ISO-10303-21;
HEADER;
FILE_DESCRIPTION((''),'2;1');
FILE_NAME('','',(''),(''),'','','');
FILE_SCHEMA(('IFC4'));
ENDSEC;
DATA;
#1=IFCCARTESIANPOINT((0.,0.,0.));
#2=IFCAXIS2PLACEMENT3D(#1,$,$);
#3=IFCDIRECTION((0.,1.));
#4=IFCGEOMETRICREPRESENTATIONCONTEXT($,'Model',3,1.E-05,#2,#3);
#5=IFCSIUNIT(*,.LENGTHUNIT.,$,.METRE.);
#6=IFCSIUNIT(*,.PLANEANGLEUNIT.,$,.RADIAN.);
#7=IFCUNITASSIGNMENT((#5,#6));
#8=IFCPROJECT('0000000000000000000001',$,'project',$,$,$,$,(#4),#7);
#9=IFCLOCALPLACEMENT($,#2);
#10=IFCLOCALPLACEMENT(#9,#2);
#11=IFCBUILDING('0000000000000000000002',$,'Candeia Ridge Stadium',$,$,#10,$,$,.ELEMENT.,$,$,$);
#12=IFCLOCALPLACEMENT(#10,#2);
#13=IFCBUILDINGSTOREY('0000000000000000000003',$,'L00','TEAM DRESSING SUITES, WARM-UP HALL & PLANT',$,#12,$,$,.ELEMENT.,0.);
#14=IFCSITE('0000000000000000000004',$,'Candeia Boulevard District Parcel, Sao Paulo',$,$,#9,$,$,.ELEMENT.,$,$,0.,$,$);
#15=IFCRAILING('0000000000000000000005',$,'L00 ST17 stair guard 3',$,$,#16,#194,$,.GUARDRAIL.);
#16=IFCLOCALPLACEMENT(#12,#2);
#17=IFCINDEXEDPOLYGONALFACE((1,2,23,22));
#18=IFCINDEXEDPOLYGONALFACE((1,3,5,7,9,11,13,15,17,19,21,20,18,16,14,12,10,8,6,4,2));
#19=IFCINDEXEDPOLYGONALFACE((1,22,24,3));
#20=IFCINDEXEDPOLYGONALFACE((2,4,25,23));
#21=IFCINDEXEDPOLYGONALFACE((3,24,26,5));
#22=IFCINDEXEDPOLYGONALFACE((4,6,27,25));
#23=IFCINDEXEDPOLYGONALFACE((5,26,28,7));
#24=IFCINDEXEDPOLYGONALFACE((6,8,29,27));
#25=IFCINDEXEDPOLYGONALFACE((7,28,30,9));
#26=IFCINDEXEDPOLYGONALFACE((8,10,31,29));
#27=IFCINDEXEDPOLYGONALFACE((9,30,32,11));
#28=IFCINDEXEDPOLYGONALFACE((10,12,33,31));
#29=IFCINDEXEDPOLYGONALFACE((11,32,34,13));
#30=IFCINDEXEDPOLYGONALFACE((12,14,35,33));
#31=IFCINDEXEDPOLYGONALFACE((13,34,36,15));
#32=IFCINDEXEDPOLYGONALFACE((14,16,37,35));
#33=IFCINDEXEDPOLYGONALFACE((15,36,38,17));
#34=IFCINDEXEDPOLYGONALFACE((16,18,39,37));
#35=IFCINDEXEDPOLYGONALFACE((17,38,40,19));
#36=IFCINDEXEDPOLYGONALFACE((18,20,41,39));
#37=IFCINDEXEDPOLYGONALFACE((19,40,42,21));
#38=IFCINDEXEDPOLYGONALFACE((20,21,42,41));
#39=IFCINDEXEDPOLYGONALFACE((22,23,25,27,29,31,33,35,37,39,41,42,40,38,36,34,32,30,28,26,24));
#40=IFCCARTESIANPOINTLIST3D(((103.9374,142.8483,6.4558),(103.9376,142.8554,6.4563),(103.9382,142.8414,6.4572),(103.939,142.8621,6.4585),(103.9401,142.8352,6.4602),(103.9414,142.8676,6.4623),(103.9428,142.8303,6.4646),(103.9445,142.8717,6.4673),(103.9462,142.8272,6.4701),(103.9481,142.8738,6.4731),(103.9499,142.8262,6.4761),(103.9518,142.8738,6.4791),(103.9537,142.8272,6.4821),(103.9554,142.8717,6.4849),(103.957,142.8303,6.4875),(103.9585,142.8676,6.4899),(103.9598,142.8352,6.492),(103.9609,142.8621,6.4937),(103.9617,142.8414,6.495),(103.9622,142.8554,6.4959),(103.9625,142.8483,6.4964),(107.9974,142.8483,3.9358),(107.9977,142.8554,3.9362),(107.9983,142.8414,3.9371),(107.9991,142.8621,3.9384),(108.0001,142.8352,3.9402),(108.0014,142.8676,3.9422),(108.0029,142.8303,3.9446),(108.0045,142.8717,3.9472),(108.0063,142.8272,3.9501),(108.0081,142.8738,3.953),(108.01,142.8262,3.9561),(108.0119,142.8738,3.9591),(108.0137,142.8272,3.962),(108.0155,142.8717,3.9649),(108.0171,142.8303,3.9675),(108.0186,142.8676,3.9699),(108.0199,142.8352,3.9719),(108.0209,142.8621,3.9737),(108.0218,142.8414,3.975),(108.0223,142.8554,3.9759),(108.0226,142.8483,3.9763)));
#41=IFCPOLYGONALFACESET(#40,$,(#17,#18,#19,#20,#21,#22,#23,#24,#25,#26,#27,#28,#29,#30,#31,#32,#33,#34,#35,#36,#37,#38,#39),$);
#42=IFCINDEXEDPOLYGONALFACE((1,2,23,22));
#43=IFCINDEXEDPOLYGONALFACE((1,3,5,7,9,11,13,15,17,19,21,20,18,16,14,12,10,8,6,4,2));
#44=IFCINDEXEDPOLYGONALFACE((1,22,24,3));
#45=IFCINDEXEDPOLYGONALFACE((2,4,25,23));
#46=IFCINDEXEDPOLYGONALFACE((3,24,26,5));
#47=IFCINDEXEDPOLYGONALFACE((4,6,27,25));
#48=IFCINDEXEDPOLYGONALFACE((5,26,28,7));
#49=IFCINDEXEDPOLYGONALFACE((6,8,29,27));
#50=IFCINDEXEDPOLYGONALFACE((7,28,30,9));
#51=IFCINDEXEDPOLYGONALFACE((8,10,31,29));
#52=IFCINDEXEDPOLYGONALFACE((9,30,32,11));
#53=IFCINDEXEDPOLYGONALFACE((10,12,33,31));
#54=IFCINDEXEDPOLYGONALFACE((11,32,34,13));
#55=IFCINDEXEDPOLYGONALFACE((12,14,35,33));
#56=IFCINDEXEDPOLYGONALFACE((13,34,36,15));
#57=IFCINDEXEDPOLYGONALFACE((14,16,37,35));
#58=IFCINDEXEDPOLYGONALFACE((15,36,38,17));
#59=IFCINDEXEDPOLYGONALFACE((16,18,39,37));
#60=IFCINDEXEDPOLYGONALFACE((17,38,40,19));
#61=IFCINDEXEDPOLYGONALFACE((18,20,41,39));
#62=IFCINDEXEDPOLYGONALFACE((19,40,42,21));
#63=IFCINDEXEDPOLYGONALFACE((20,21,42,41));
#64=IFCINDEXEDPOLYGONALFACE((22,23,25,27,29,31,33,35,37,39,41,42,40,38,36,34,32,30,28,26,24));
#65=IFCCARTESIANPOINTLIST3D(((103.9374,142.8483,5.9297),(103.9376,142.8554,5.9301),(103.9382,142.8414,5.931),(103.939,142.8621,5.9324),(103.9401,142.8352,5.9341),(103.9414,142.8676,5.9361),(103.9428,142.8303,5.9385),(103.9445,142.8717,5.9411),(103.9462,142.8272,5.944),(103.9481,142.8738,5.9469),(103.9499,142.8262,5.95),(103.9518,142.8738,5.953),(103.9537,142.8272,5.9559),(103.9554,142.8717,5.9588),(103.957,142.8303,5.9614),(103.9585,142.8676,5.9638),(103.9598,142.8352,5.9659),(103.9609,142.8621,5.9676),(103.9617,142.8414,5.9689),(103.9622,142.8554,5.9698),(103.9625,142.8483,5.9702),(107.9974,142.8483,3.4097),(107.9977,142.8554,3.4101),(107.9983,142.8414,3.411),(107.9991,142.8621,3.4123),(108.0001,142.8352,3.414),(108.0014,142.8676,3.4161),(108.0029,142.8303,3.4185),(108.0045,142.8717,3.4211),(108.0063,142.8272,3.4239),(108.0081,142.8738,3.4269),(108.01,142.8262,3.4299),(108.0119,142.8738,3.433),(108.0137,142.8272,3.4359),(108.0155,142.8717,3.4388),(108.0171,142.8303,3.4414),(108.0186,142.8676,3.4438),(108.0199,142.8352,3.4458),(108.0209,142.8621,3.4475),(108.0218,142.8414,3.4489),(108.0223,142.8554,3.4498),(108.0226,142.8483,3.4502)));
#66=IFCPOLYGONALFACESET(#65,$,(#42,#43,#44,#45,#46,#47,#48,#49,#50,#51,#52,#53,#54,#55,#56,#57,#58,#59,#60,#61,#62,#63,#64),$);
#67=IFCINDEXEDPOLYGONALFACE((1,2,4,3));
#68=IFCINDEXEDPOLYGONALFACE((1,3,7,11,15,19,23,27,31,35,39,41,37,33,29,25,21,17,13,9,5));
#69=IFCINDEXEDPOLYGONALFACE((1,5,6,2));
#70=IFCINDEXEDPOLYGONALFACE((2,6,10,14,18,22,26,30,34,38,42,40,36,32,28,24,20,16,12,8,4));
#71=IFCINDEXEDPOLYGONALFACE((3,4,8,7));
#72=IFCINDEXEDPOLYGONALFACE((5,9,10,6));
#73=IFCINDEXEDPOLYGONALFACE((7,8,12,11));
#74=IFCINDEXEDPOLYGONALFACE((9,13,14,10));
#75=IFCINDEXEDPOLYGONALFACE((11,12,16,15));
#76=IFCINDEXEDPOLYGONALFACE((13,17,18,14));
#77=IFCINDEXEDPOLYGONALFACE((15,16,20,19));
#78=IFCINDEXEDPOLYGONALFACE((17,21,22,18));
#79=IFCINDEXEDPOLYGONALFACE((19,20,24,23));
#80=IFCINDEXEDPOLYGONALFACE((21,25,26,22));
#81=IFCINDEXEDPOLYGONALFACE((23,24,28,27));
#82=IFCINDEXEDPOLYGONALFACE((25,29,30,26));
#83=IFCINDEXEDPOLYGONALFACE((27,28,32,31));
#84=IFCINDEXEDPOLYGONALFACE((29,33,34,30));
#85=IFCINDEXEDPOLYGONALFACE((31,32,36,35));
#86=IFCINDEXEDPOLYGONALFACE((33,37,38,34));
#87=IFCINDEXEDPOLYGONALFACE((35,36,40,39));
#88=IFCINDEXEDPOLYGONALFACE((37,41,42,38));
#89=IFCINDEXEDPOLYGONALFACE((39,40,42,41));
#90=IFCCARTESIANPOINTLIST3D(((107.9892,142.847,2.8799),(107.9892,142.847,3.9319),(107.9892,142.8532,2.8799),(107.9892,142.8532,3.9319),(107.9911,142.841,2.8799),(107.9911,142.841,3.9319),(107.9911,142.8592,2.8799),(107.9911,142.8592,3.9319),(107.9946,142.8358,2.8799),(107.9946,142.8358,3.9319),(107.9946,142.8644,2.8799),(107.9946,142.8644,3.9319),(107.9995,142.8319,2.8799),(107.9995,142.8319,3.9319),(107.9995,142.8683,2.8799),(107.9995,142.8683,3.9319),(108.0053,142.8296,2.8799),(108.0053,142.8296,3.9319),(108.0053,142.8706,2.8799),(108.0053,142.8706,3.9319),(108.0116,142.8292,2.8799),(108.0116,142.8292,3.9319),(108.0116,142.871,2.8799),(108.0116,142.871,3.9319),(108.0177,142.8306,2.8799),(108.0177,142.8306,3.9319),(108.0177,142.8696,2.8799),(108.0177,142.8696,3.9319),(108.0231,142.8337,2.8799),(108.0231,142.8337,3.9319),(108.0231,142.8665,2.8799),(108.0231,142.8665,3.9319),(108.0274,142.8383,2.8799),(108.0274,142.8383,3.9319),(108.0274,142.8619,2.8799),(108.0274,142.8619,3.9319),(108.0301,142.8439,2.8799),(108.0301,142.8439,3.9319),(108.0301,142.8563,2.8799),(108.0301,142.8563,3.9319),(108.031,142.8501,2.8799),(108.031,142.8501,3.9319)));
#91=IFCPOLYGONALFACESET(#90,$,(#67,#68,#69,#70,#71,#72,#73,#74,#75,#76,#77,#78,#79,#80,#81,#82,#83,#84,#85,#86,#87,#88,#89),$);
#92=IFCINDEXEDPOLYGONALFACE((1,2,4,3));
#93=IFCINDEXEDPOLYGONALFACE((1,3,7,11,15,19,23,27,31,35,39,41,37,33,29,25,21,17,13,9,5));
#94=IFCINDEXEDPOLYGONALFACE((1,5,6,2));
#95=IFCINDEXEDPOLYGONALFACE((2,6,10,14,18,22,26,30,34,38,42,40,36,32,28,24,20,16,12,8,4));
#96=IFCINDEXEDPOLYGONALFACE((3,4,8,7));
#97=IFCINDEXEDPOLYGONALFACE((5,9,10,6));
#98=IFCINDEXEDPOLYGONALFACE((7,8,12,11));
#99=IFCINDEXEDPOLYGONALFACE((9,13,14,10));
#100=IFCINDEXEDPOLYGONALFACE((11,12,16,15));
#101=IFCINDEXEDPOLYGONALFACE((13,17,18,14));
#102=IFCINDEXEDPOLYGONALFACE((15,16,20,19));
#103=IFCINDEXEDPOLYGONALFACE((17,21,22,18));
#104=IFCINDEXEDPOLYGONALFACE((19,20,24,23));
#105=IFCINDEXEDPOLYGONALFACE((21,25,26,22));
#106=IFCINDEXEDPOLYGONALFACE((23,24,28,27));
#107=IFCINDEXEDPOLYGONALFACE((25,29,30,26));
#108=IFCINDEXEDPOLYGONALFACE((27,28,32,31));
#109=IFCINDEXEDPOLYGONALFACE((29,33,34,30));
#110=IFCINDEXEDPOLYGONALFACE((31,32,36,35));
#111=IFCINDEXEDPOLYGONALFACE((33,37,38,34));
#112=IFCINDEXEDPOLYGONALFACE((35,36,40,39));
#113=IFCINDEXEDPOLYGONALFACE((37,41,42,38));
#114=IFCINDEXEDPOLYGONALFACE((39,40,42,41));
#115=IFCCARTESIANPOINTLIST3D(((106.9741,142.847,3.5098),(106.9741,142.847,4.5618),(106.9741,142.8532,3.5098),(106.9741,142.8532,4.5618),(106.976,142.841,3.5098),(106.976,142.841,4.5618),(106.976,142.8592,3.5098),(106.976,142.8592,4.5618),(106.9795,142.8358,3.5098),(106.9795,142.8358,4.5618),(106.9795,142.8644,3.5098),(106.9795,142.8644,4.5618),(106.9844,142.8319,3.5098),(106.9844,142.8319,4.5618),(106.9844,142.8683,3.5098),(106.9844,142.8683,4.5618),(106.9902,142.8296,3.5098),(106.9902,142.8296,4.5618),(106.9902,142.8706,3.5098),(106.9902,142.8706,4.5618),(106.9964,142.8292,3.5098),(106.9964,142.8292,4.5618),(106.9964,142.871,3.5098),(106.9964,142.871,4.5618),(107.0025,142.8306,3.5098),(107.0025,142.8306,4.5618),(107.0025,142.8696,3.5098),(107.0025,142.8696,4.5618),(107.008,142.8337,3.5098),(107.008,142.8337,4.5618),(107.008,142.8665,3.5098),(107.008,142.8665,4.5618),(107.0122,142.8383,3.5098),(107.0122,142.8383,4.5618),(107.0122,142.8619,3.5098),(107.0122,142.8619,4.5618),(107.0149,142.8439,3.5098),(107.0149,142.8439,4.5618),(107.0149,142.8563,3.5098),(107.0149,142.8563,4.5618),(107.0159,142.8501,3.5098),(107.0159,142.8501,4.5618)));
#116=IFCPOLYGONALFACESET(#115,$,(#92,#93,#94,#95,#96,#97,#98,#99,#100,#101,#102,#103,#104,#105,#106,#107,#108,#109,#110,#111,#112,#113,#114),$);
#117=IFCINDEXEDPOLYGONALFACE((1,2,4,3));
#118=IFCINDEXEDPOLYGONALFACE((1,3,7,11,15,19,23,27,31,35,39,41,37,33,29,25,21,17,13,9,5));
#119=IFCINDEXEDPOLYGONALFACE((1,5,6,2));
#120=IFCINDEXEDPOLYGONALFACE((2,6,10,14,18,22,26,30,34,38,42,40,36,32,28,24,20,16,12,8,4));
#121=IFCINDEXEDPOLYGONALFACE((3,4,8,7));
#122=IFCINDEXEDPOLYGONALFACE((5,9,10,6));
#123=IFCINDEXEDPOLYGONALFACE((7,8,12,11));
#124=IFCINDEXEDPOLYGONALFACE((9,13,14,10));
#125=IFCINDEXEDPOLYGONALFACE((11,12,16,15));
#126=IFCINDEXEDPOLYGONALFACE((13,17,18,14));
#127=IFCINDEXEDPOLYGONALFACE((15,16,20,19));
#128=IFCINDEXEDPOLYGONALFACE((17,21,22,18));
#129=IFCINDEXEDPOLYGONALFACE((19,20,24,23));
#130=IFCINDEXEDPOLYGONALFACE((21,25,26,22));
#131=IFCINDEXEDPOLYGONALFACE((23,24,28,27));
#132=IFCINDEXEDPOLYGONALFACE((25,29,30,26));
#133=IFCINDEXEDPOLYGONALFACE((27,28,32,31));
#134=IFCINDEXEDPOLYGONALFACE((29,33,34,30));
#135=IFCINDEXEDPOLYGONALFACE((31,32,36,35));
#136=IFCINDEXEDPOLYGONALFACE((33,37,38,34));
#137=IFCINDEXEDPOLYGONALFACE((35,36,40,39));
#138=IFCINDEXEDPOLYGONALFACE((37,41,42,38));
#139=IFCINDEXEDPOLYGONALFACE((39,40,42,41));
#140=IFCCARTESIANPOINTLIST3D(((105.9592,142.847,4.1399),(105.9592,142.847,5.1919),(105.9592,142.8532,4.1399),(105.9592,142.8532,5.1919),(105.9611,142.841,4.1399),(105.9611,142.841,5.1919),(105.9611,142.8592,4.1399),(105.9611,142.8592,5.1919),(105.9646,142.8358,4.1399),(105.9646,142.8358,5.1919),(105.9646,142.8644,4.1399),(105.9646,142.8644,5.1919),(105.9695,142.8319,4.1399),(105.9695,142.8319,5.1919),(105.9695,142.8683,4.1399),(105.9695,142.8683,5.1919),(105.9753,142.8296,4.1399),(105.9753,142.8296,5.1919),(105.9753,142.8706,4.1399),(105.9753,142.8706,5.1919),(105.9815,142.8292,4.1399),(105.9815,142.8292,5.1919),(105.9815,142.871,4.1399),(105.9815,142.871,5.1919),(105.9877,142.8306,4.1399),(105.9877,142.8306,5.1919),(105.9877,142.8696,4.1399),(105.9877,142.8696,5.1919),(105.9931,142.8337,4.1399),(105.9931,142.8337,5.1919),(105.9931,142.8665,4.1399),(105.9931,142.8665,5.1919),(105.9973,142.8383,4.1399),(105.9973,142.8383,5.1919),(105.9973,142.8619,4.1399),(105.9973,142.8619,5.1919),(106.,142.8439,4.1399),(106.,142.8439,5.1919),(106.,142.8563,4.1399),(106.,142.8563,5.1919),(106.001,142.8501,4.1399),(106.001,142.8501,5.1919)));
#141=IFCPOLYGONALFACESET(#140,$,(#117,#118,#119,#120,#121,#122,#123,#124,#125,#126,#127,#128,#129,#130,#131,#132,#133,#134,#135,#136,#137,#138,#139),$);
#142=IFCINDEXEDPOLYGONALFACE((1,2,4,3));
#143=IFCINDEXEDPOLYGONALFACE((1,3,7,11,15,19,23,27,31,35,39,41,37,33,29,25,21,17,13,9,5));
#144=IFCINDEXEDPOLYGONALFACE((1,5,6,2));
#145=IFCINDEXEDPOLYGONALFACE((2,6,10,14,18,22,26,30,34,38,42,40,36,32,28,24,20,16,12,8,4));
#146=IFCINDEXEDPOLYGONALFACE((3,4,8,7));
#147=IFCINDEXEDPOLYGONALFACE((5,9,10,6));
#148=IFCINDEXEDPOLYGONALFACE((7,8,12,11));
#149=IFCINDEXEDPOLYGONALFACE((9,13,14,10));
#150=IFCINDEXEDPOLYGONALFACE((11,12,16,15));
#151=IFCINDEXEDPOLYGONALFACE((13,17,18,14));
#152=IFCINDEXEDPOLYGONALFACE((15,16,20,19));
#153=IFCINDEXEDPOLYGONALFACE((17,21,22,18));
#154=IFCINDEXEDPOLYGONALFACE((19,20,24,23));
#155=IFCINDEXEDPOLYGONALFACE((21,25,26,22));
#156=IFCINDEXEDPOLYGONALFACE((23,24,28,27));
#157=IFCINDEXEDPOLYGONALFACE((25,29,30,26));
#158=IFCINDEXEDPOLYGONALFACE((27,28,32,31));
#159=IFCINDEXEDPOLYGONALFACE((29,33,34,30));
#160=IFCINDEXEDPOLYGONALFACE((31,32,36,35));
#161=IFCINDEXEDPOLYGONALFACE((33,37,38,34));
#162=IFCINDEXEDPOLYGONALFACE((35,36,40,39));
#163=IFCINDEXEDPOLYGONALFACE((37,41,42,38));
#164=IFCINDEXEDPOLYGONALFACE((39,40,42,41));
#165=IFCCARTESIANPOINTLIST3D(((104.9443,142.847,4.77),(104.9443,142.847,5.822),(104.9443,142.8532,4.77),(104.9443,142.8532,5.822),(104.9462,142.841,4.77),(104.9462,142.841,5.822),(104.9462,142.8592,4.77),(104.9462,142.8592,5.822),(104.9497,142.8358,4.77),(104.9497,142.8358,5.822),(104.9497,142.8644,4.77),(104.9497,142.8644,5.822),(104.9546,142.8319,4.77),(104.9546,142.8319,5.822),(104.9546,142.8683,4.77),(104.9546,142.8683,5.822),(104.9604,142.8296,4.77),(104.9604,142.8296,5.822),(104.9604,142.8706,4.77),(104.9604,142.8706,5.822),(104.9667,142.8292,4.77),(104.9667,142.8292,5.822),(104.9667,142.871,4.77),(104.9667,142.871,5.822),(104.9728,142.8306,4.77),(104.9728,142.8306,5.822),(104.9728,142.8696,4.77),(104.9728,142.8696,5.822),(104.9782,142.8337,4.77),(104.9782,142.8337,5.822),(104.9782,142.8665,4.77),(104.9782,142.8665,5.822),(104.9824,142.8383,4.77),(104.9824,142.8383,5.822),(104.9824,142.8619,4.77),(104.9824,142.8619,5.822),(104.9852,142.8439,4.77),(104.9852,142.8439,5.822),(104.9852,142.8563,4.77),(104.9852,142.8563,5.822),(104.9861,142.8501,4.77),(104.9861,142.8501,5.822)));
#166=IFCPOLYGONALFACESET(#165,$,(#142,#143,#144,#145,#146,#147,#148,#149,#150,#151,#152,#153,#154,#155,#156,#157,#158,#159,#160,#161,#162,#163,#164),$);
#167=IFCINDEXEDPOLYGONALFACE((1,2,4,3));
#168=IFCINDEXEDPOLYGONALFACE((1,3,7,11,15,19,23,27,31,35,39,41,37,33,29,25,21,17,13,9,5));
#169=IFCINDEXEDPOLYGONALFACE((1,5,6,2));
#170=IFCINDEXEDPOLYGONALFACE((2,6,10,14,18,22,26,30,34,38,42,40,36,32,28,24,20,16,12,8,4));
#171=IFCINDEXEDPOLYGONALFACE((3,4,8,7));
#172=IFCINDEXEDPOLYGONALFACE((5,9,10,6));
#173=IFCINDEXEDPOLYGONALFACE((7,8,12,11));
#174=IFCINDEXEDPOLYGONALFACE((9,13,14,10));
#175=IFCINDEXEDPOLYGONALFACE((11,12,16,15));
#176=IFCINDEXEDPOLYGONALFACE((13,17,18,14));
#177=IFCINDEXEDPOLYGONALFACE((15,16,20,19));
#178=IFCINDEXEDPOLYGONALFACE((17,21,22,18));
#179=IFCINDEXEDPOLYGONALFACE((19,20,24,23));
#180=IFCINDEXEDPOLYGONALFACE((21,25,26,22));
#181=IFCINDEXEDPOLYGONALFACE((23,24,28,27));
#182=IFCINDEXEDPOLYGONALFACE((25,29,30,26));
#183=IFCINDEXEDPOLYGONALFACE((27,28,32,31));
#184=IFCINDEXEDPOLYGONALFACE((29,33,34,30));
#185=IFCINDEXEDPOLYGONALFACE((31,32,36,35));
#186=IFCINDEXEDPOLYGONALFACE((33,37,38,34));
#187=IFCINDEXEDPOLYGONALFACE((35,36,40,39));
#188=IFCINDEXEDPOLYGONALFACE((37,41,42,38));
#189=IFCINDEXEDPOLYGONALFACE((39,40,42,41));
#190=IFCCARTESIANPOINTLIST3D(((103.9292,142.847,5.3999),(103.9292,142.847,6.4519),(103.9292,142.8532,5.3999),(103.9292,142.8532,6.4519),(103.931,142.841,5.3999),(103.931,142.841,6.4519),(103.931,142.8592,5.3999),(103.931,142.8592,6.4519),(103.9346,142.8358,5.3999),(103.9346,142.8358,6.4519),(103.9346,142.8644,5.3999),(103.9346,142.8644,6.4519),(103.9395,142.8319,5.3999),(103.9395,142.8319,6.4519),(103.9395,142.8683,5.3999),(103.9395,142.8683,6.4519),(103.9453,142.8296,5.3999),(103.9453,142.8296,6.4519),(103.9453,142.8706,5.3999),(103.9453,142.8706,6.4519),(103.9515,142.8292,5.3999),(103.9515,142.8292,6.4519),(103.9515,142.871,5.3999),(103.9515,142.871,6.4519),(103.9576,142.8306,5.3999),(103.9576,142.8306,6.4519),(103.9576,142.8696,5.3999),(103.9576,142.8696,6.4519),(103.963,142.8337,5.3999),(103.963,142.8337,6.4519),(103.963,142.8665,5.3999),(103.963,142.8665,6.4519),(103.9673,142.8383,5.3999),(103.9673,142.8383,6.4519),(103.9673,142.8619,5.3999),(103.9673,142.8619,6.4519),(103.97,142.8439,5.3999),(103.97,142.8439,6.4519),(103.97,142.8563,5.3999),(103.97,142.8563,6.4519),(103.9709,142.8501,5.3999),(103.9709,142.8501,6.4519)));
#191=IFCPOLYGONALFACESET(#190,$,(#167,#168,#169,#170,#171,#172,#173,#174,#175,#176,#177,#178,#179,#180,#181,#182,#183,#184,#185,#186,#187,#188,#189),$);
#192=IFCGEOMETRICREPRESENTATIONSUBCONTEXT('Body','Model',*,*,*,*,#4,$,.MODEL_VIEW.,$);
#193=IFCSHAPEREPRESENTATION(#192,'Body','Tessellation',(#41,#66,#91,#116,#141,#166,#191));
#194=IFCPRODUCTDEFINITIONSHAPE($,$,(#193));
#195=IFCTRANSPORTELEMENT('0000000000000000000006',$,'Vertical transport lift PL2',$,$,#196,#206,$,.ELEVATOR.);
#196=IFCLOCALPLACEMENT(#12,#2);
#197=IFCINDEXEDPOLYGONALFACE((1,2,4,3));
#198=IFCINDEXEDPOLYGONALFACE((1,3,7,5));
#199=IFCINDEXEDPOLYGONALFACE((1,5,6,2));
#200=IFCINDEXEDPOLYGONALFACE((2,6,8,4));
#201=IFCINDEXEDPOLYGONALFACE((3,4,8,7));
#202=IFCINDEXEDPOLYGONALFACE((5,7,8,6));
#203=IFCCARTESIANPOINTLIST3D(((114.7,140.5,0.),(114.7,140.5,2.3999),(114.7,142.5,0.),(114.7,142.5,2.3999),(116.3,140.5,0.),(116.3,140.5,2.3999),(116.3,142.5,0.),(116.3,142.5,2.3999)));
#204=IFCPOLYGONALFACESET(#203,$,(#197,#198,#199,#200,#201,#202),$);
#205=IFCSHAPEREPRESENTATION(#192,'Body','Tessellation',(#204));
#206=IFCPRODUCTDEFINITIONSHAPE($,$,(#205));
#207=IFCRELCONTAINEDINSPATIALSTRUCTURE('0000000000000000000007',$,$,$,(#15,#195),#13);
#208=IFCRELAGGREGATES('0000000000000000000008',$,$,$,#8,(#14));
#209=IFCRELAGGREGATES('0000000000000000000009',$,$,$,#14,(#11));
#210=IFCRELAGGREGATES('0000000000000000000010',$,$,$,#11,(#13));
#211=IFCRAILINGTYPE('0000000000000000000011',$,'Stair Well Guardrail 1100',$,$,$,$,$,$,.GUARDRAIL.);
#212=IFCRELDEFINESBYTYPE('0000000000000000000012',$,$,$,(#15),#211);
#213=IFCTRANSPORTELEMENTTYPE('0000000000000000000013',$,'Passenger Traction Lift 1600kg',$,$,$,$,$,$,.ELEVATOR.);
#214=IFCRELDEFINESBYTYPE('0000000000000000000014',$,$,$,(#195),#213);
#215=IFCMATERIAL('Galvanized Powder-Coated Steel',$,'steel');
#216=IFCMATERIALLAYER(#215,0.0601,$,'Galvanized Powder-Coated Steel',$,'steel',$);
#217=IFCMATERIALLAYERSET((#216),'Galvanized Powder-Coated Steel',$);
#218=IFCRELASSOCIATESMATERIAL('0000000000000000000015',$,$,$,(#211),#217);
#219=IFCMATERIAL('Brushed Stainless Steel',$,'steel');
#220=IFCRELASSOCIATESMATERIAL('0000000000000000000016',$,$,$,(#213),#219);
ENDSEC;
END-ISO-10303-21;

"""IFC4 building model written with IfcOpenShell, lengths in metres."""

from ifc_helpers import new_model, si_unit, direction, frame, origin, origin_2d, place, context, subcontext, project, spatial, rectangle, circle, extrude, material, layer, layer_set, type_object, element, save


model = new_model("IFC4")

# Units and contexts
model_context = context("Model", 3, precision=1e-05, world=origin(), true_north=direction((0.0, 1.0)))
body_context = subcontext(model_context, "Body", "Model", "MODEL_VIEW")
ifc_project = project(units=[si_unit("LENGTHUNIT", "METRE"), si_unit("PLANEANGLEUNIT", "RADIAN")], contexts=[model_context])

# Site, building, storey
site_placement = place(None, origin())
site = spatial("IfcSite", under=ifc_project, at=site_placement, Name="Candeia Boulevard District Parcel, Sao Paulo", CompositionType="ELEMENT", RefElevation=0.0)
building_placement = place(site_placement, origin())
building = spatial("IfcBuilding", under=site, at=building_placement, Name="Candeia Ridge Stadium", CompositionType="ELEMENT")
storey_placement = place(building_placement, origin())
storey = spatial("IfcBuildingStorey", under=building, at=storey_placement, Name="L00", Description="TEAM DRESSING SUITES, WARM-UP HALL & PLANT", CompositionType="ELEMENT", Elevation=0.0)

# Railing
ifc_material_1 = material(Name="Brushed Stainless Steel", Category="steel")
ifc_material_2 = material(Name="Galvanized Powder-Coated Steel", Category="steel")
ifc_layer_1 = layer(ifc_material_2, 0.0601, Name="Galvanized Powder-Coated Steel", Category="steel")
ifc_layer_set_1 = layer_set([ifc_layer_1], Name="Galvanized Powder-Coated Steel")
railing_type_1 = type_object("IfcRailingType", Name="Stair Well Guardrail 1100", PredefinedType="GUARDRAIL", material=ifc_layer_set_1)
railing_1_placement = place(storey_placement, frame((108.01, 142.8501, 2.8799)))
element("IfcRailing", 1, at=railing_1_placement, inside=storey, type_object=railing_type_1, Name="L00 ST17 stair guard 3", PredefinedType="GUARDRAIL", context=body_context, shape_type="SweptSolid", body=[
    extrude(circle(Radius=0.0239, at=origin_2d()), frame((0.0, 0.0, 1.0762), z_axis=(-0.849642, 0.0, 0.52736), x_axis=(0.0, -1.0, 0.0)), (0.0, 0.0, 1.0), 4.7786),
    extrude(circle(Radius=0.0239, at=origin_2d()), frame((0.0, 0.0, 0.55), z_axis=(-0.849642, 0.0, 0.52736), x_axis=(0.0, -1.0, 0.0)), (0.0, 0.0, 1.0), 4.7786),
    extrude(circle(Radius=0.021, at=origin_2d()), origin(), (0.0, 0.0, 1.0), 1.052),
    extrude(circle(Radius=0.021, at=origin_2d()), frame((-1.0151, 0.0, 0.6299)), (0.0, 0.0, 1.0), 1.052),
    extrude(circle(Radius=0.021, at=origin_2d()), frame((-2.03, 0.0, 1.26)), (0.0, 0.0, 1.0), 1.052),
    extrude(circle(Radius=0.021, at=origin_2d()), frame((-3.0449, 0.0, 1.8901)), (0.0, 0.0, 1.0), 1.052),
    extrude(circle(Radius=0.021, at=origin_2d()), frame((-4.0601, 0.0, 2.52)), (0.0, 0.0, 1.0), 1.052),
])

# Transport element
transport_element_type = type_object("IfcTransportElementType", Name="Passenger Traction Lift 1600kg", PredefinedType="ELEVATOR", material=ifc_material_1)
transport_element_placement = place(storey_placement, frame((115.5, 141.5, 0.0), z_axis=(0.0, 0.0, 1.0), x_axis=(1.0, 0.0, 0.0)))
element("IfcTransportElement", 2, at=transport_element_placement, inside=storey, type_object=transport_element_type, Name="Vertical transport lift PL2", PredefinedType="ELEVATOR", context=body_context, shape_type="SweptSolid", body=[
    extrude(rectangle(XDim=1.6001, YDim=2.0, at=origin_2d()), origin(), (0.0, 0.0, 1.0), 2.3999),
])

save(model, "model.ifc")
